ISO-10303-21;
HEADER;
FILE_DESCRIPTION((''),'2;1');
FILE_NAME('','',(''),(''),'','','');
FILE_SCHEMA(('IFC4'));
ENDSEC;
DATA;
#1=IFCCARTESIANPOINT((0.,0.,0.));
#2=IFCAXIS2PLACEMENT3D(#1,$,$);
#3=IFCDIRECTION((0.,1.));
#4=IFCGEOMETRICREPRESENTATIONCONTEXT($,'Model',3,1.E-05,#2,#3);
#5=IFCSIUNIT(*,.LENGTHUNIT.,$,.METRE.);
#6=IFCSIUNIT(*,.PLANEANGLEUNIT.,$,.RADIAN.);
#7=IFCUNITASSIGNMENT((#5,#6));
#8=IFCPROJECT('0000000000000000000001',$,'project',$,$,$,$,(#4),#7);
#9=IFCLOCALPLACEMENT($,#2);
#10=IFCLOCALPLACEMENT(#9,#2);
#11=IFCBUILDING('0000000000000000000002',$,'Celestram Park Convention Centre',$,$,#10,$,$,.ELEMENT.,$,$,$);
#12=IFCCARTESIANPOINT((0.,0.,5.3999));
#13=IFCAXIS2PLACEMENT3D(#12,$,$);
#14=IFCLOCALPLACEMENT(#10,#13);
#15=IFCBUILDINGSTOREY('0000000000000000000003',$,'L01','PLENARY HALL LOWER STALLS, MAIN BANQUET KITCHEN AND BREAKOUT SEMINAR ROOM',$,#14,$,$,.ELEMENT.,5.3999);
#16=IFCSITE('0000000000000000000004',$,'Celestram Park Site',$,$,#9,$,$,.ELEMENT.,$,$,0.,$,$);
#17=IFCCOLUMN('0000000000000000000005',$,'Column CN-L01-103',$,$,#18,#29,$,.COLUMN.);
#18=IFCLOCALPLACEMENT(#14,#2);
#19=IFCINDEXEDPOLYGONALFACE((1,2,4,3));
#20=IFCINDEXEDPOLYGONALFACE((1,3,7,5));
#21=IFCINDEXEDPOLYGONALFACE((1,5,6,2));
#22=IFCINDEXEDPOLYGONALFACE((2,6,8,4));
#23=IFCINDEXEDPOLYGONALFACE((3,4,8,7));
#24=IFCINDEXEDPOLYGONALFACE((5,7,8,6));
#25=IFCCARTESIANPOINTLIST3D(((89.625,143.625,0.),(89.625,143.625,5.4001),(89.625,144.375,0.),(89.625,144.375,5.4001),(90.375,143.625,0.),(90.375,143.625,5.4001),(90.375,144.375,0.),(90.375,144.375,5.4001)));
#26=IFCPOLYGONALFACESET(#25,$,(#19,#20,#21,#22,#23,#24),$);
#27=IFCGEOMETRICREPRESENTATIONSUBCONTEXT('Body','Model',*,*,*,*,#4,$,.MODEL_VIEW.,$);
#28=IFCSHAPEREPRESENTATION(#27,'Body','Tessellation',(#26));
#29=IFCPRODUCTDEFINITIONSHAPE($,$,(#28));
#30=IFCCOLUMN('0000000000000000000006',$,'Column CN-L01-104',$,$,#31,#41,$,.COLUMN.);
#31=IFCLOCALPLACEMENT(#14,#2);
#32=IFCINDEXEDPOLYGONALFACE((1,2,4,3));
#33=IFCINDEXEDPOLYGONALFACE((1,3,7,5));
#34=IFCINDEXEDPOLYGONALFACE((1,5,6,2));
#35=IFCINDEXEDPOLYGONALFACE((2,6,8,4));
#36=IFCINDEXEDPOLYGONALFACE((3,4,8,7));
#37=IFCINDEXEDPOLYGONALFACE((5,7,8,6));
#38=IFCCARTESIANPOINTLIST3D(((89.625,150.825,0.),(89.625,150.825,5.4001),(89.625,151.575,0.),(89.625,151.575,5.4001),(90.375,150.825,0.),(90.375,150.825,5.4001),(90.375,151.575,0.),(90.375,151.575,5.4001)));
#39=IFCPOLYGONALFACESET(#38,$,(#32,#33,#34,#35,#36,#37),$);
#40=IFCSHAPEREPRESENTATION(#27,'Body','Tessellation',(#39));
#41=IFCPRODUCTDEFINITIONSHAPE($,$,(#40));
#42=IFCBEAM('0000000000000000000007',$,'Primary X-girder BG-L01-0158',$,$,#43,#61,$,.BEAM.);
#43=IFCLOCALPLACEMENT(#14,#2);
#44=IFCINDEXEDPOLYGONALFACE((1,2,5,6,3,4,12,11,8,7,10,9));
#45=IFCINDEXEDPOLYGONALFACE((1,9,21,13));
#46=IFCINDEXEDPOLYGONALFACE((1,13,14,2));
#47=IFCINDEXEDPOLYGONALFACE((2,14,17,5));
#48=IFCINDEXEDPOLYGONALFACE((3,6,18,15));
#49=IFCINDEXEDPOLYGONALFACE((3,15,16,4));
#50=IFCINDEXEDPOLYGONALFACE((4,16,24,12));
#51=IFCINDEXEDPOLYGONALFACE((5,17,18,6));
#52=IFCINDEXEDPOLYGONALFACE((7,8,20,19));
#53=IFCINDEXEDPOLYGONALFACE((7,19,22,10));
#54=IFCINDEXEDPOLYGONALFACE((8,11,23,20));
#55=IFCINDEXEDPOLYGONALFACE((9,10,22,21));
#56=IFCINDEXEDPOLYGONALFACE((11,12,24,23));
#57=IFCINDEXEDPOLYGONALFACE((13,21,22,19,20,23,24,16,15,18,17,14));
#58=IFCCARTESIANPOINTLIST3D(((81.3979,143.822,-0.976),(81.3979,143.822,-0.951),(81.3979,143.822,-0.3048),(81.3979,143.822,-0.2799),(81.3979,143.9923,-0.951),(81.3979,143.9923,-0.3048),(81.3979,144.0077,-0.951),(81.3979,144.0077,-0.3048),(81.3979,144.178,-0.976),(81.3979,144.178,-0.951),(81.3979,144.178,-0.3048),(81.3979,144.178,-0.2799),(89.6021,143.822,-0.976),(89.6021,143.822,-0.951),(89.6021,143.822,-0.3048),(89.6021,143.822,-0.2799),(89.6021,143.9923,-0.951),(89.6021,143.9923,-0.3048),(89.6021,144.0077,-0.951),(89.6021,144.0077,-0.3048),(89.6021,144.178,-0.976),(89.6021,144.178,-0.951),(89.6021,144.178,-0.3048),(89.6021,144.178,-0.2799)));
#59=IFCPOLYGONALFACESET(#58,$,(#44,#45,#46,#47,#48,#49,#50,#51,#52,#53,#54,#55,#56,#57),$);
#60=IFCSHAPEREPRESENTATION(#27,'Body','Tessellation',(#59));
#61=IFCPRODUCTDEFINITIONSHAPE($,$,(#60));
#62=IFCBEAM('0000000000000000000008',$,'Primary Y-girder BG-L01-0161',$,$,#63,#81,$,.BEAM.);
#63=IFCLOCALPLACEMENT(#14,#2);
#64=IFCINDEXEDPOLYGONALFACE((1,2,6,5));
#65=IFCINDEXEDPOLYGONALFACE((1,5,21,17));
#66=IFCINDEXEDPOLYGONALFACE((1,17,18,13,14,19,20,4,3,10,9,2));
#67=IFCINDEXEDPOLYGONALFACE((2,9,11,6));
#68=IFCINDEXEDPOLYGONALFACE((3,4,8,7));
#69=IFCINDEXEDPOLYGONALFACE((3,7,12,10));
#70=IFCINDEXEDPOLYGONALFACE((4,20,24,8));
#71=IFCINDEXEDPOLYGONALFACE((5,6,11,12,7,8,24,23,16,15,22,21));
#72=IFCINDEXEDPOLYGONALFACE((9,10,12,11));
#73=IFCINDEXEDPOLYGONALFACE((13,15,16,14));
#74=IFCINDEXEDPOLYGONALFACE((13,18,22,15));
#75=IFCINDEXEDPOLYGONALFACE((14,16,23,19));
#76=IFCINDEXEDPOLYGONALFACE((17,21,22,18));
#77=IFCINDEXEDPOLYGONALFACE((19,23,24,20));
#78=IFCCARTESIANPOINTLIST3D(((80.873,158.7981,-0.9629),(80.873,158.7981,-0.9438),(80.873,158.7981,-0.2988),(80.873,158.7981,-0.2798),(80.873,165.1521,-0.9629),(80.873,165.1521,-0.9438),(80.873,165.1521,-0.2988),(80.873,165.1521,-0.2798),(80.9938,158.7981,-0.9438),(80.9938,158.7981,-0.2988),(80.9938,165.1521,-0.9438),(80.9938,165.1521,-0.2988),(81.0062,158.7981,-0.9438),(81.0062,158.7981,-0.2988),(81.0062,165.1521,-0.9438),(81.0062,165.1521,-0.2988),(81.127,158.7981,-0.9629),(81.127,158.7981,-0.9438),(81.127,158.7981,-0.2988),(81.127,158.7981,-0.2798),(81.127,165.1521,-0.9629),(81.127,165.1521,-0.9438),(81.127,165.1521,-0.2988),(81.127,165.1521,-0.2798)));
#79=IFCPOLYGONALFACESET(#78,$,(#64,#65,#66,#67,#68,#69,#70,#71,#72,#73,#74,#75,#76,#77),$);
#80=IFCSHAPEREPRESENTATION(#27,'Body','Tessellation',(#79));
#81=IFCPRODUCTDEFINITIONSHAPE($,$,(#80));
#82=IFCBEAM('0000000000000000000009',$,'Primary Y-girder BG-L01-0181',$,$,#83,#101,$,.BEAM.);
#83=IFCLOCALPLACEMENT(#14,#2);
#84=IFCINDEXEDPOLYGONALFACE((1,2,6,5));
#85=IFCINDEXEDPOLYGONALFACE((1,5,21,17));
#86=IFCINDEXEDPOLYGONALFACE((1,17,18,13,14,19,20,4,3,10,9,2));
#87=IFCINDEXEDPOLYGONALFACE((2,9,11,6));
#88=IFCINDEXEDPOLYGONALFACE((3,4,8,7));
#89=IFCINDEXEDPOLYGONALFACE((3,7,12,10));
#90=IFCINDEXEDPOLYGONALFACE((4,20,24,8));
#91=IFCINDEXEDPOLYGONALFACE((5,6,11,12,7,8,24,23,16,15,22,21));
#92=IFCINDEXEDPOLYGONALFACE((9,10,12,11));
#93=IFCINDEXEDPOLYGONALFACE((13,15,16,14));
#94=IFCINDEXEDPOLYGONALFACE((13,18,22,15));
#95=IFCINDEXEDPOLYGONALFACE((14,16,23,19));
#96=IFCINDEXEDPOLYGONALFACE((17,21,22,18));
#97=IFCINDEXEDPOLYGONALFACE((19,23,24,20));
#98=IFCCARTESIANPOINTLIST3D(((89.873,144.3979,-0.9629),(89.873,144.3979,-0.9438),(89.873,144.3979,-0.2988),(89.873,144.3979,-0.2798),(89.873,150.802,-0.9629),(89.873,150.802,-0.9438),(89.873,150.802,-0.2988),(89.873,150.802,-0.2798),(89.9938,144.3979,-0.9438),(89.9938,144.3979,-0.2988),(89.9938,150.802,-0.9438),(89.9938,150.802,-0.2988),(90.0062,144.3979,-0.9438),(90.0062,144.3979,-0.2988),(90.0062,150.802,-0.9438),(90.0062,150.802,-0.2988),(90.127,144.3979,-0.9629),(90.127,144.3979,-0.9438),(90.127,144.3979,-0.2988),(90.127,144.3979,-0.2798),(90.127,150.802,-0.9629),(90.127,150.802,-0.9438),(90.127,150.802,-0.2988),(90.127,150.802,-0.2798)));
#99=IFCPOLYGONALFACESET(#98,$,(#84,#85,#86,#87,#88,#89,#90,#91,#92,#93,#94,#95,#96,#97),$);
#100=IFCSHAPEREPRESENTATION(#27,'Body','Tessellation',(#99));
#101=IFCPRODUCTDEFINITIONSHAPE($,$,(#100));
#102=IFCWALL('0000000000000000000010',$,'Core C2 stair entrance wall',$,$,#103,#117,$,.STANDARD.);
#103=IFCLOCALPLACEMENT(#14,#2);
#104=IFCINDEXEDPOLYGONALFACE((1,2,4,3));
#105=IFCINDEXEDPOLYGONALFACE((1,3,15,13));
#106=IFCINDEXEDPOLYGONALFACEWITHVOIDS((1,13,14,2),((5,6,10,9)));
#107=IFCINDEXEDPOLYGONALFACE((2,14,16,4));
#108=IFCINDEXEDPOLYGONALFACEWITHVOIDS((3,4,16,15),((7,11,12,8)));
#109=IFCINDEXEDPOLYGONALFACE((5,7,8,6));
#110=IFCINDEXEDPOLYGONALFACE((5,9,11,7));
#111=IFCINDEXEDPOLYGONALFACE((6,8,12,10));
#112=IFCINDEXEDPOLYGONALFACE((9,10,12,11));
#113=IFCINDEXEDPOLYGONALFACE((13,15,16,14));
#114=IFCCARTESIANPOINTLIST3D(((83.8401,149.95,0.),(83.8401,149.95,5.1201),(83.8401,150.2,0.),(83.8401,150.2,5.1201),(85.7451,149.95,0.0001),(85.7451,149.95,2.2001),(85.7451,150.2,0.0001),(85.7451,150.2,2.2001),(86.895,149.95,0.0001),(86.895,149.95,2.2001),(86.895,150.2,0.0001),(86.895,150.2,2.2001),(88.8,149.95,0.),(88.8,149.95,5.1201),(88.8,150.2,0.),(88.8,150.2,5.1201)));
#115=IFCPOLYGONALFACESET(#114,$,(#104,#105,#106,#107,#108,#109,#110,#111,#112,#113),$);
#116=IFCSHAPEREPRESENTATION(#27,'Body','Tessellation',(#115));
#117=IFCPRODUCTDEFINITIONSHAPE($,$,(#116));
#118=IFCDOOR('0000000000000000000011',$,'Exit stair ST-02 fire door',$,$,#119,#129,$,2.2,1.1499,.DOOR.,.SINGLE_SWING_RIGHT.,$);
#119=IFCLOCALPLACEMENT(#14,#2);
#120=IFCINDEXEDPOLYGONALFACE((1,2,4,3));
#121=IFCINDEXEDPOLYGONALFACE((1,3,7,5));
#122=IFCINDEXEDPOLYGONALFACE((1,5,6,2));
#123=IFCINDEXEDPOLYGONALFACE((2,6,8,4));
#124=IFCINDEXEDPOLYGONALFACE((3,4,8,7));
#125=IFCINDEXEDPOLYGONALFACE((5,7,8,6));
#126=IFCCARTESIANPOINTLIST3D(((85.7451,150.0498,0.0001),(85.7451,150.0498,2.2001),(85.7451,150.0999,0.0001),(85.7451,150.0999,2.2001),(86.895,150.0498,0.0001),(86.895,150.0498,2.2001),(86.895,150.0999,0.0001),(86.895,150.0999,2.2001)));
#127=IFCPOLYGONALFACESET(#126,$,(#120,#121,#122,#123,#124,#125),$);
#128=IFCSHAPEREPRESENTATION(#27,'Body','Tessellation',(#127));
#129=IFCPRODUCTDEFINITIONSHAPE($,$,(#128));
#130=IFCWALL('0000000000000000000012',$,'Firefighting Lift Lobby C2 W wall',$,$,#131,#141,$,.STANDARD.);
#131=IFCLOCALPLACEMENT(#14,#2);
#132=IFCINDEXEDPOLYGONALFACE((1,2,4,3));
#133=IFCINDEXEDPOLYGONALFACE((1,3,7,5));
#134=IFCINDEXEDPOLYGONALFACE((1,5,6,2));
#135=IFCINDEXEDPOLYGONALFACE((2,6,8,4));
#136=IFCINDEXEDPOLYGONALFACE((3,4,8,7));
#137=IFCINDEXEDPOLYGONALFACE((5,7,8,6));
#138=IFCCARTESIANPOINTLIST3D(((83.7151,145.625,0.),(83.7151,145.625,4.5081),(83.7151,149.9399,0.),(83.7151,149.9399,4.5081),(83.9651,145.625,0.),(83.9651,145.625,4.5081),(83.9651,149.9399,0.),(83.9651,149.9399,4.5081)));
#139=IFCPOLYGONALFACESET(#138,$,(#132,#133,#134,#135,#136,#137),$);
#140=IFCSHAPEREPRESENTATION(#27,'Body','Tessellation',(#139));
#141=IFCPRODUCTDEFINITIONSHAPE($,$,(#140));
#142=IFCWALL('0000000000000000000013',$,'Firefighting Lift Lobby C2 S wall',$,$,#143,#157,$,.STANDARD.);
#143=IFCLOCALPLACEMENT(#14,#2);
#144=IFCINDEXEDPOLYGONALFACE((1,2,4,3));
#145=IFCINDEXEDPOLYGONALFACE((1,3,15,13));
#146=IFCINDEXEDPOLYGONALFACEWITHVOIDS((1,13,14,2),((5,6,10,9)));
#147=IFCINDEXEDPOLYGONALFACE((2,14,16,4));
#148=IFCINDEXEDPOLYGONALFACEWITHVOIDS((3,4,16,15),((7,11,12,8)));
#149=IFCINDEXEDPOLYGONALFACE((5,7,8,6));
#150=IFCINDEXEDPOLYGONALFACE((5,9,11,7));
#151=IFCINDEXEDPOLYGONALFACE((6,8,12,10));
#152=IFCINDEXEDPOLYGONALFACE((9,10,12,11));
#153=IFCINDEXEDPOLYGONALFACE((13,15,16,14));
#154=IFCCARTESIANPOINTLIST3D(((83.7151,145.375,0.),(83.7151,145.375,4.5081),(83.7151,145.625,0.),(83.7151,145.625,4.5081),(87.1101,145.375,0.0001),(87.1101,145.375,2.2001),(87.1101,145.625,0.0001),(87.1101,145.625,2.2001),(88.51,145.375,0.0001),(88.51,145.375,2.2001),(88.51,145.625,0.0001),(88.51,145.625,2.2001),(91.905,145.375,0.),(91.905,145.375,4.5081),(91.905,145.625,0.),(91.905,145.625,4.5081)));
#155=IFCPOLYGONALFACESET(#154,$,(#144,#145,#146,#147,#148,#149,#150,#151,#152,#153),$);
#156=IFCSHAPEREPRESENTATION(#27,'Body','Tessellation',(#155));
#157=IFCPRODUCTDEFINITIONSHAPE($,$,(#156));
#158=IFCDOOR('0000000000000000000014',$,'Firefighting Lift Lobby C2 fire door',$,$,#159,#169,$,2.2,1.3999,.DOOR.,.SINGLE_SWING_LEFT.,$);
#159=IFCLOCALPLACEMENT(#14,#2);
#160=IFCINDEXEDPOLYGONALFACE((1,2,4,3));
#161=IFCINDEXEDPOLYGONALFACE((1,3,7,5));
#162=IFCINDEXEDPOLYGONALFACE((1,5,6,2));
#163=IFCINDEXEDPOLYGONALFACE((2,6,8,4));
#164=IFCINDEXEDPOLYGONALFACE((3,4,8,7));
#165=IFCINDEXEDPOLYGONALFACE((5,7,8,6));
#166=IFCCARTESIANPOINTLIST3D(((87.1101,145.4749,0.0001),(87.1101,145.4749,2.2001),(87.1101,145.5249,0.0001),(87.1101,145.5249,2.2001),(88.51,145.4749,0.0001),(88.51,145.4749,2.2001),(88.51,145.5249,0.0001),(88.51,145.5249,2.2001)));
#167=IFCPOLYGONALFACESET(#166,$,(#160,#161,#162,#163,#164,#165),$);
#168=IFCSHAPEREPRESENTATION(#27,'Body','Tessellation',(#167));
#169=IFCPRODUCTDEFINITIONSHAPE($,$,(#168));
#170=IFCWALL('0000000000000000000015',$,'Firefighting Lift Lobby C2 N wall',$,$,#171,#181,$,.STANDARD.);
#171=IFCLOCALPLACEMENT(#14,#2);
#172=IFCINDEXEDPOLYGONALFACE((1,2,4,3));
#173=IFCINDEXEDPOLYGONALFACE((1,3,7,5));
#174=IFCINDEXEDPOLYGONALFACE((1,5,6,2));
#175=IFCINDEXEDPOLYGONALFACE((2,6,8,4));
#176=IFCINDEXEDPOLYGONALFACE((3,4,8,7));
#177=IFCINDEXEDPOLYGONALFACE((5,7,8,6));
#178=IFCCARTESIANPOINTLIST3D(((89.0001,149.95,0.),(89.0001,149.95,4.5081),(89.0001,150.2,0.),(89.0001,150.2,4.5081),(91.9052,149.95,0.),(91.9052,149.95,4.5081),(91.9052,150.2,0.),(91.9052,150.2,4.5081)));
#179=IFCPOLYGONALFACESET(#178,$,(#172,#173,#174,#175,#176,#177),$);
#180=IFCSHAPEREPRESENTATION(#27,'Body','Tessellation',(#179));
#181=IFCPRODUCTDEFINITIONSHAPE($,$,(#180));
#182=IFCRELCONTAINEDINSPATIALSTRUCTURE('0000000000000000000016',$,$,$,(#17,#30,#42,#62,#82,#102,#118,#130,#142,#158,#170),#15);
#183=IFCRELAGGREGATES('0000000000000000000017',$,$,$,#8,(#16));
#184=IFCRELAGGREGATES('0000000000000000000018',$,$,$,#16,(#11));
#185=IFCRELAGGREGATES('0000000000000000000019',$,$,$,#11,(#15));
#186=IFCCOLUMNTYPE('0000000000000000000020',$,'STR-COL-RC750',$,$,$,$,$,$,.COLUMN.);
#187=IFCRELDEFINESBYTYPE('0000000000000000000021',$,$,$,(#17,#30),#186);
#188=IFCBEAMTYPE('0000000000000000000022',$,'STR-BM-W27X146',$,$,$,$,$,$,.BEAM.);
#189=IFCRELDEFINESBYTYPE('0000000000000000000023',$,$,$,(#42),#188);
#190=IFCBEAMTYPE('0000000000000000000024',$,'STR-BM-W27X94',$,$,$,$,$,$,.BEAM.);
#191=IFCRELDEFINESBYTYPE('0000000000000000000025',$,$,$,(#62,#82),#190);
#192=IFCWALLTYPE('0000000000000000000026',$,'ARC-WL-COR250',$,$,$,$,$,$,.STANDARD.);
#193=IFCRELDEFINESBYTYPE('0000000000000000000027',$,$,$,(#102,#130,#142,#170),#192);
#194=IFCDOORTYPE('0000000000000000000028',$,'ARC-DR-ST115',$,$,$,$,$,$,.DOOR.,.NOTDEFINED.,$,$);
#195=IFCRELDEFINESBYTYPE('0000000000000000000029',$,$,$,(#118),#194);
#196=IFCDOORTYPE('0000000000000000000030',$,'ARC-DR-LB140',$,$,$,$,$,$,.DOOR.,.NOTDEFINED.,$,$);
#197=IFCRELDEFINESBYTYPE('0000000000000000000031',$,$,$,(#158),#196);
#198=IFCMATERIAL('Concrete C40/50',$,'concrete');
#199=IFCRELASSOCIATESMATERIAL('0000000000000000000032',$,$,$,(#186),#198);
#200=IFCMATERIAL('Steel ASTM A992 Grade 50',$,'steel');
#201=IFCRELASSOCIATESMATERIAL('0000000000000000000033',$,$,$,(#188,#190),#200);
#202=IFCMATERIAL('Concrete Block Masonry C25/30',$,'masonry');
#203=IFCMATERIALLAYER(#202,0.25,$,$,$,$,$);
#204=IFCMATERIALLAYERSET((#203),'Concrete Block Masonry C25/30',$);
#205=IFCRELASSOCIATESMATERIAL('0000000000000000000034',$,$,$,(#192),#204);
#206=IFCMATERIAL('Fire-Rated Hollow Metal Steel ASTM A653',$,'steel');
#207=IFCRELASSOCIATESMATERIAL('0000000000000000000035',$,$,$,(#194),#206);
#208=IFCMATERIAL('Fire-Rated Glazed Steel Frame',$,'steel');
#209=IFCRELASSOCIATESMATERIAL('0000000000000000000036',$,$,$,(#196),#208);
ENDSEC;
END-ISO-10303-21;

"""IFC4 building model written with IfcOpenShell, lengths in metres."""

from ifc_helpers import new_model, si_unit, direction, frame, frame_2d, origin, origin_2d, place, context, subcontext, project, spatial, rectangle, i_section, extrude, material, layer, layer_set, material_profile, profile_set, type_object, element, fill, save


model = new_model("IFC4")

# Units and contexts
model_context = context("Model", 3, precision=1e-05, world=origin(), true_north=direction((0.0, 1.0)))
body_context = subcontext(model_context, "Body", "Model", "MODEL_VIEW")
ifc_project = project(units=[si_unit("LENGTHUNIT", "METRE"), si_unit("PLANEANGLEUNIT", "RADIAN")], contexts=[model_context])

# Site, building, storey
site_placement = place(None, origin())
site = spatial("IfcSite", under=ifc_project, at=site_placement, Name="Celestram Park Site", CompositionType="ELEMENT", RefElevation=0.0)
building_placement = place(site_placement, origin())
building = spatial("IfcBuilding", under=site, at=building_placement, Name="Celestram Park Convention Centre", CompositionType="ELEMENT")
storey_placement = place(building_placement, frame((0.0, 0.0, 5.3999)))
storey = spatial("IfcBuildingStorey", under=building, at=storey_placement, Name="L01", Description="PLENARY HALL LOWER STALLS, MAIN BANQUET KITCHEN AND BREAKOUT SEMINAR ROOM", CompositionType="ELEMENT", Elevation=5.3999)

# Columns
ifc_material_1 = material(Name="Concrete C40/50", Category="concrete")
ifc_material_profile_1 = material_profile(ifc_material_1, rectangle(XDim=0.75, YDim=0.75, at=origin_2d()), Name="RC750X750")
ifc_profile_set_1 = profile_set([ifc_material_profile_1], Name="Concrete C40/50")
column_type = type_object("IfcColumnType", Name="STR-COL-RC750", PredefinedType="COLUMN", material=ifc_profile_set_1)
for number, where, z_axis, x_axis, name in (
    (1, (90.0, 144.0, 0.0), (0.0, 0.0, 1.0), (1.0, 0.0, 0.0), "Column CN-L01-103"),
    (2, (90.0, 151.2, 0.0), (0.0, 0.0, 1.0), (1.0, 0.0, 0.0), "Column CN-L01-104"),
):
    element("IfcColumn", number, at=place(storey_placement, frame(where, z_axis=z_axis, x_axis=x_axis)), inside=storey, type_object=column_type, Name=name, PredefinedType="COLUMN", context=body_context, shape_type="SweptSolid", body=[
        extrude(rectangle(XDim=0.75, YDim=0.75, at=origin_2d()), origin(), (0.0, 0.0, 1.0), 5.4001),
    ])

# Beams
ifc_material_2 = material(Name="Steel ASTM A992 Grade 50", Category="steel")
ifc_material_profile_2 = material_profile(ifc_material_2, i_section(OverallWidth=0.356, OverallDepth=0.696, WebThickness=0.0154, FlangeThickness=0.0249, at=origin_2d()), Name="W27X146")
ifc_profile_set_2 = profile_set([ifc_material_profile_2], Name="Steel ASTM A992 Grade 50")
beam_type_1 = type_object("IfcBeamType", Name="STR-BM-W27X146", PredefinedType="BEAM", material=ifc_profile_set_2)
beam_1_placement = place(storey_placement, frame((81.3979, 144.0, -0.6279), z_axis=(1.0, 0.0, 0.0), x_axis=(0.0, 1.0, 0.0)))
element("IfcBeam", 3, at=beam_1_placement, inside=storey, type_object=beam_type_1, Name="Primary X-girder BG-L01-0158", PredefinedType="BEAM", context=body_context, shape_type="SweptSolid", body=[
    extrude(i_section(OverallWidth=0.356, OverallDepth=0.696, WebThickness=0.0154, FlangeThickness=0.0249, at=origin_2d()), origin(), (0.0, 0.0, 1.0), 8.2041),
])
ifc_material_profile_3 = material_profile(ifc_material_2, i_section(OverallWidth=0.2539, OverallDepth=0.6831, WebThickness=0.0125, FlangeThickness=0.019, at=origin_2d()), Name="W27X94")
ifc_profile_set_3 = profile_set([ifc_material_profile_3], Name="Steel ASTM A992 Grade 50")
beam_type_2 = type_object("IfcBeamType", Name="STR-BM-W27X94", PredefinedType="BEAM", material=ifc_profile_set_3)
beam_2_placement = place(storey_placement, frame((81.0, 158.7981, -0.6213), z_axis=(0.0, 1.0, 0.0), x_axis=(-1.0, 0.0, 0.0)))
element("IfcBeam", 4, at=beam_2_placement, inside=storey, type_object=beam_type_2, Name="Primary Y-girder BG-L01-0161", PredefinedType="BEAM", context=body_context, shape_type="SweptSolid", body=[
    extrude(i_section(OverallWidth=0.2539, OverallDepth=0.6831, WebThickness=0.0125, FlangeThickness=0.019, at=origin_2d()), origin(), (0.0, 0.0, 1.0), 6.354),
])
beam_3_placement = place(storey_placement, frame((90.0, 144.3979, -0.6213), z_axis=(0.0, 1.0, 0.0), x_axis=(-1.0, 0.0, 0.0)))
element("IfcBeam", 5, at=beam_3_placement, inside=storey, type_object=beam_type_2, Name="Primary Y-girder BG-L01-0181", PredefinedType="BEAM", context=body_context, shape_type="SweptSolid", body=[
    extrude(i_section(OverallWidth=0.2539, OverallDepth=0.6831, WebThickness=0.0125, FlangeThickness=0.019, at=origin_2d()), origin(), (0.0, 0.0, 1.0), 6.4041),
])

# Wall, opening, door
ifc_material_3 = material(Name="Concrete Block Masonry C25/30", Category="masonry")
ifc_layer_1 = layer(ifc_material_3, 0.25)
ifc_layer_set_1 = layer_set([ifc_layer_1], Name="Concrete Block Masonry C25/30")
wall_type_1 = type_object("IfcWallType", Name="ARC-WL-COR250", PredefinedType="STANDARD", material=ifc_layer_set_1)
wall_1_placement = place(storey_placement, frame((83.8401, 150.075, 0.0), z_axis=(0.0, 0.0, 1.0), x_axis=(1.0, 0.0, 0.0)))
wall_1 = element("IfcWall", 6, at=wall_1_placement, inside=storey, type_object=wall_type_1, Name="Core C2 stair entrance wall", PredefinedType="STANDARD", context=body_context, shape_type="SweptSolid", body=[
    extrude(rectangle(XDim=4.96, YDim=0.25, at=frame_2d((2.48, 0.0))), origin(), (0.0, 0.0, 1.0), 5.1201),
])
opening_1_placement = place(wall_1_placement, frame((1.905, 0.0, 0.0)))
opening_1 = element("IfcOpeningElement", 7, at=opening_1_placement, cuts=wall_1, PredefinedType="OPENING", context=body_context, shape_type="SweptSolid", body=[
    extrude(rectangle(XDim=1.1499, YDim=2.2, at=frame_2d((0.575, 1.1001))), frame((0.0, 0.135, 0.0), z_axis=(0.0, -1.0, 0.0), x_axis=(1.0, 0.0, 0.0)), (0.0, 0.0, 1.0), 0.27),
])
ifc_material_4 = material(Name="Fire-Rated Hollow Metal Steel ASTM A653", Category="steel")
door_type_1 = type_object("IfcDoorType", Name="ARC-DR-ST115", OperationType="NOTDEFINED", PredefinedType="DOOR", material=ifc_material_4)
door_1_placement = place(opening_1_placement, origin())
door_1 = element("IfcDoor", 8, at=door_1_placement, inside=storey, type_object=door_type_1, Name="Exit stair ST-02 fire door", OperationType="SINGLE_SWING_RIGHT", OverallHeight=2.2, OverallWidth=1.1499, PredefinedType="DOOR", context=body_context, shape_type="SweptSolid", body=[
    extrude(rectangle(XDim=1.1499, YDim=2.2, at=frame_2d((0.575, 1.1001))), frame((0.0, 0.0249, 0.0), z_axis=(0.0, -1.0, 0.0), x_axis=(1.0, 0.0, 0.0)), (0.0, 0.0, 1.0), 0.05),
])
fill(opening_1, door_1)

# Wall
wall_2_placement = place(storey_placement, frame((83.8401, 149.9399, 0.0), z_axis=(0.0, 0.0, 1.0), x_axis=(0.0, -1.0, 0.0)))
element("IfcWall", 9, at=wall_2_placement, inside=storey, type_object=wall_type_1, Name="Firefighting Lift Lobby C2 W wall", PredefinedType="STANDARD", context=body_context, shape_type="SweptSolid", body=[
    extrude(rectangle(XDim=4.3149, YDim=0.25, at=frame_2d((2.1575, 0.0))), origin(), (0.0, 0.0, 1.0), 4.5081),
])

# Wall, opening, door
wall_3_placement = place(storey_placement, frame((83.7151, 145.5, 0.0), z_axis=(0.0, 0.0, 1.0), x_axis=(1.0, 0.0, 0.0)))
wall_3 = element("IfcWall", 10, at=wall_3_placement, inside=storey, type_object=wall_type_1, Name="Firefighting Lift Lobby C2 S wall", PredefinedType="STANDARD", context=body_context, shape_type="SweptSolid", body=[
    extrude(rectangle(XDim=8.1899, YDim=0.25, at=frame_2d((4.095, 0.0))), origin(), (0.0, 0.0, 1.0), 4.5081),
])
opening_2_placement = place(wall_3_placement, frame((3.395, 0.0, 0.0)))
opening_2 = element("IfcOpeningElement", 11, at=opening_2_placement, cuts=wall_3, PredefinedType="OPENING", context=body_context, shape_type="SweptSolid", body=[
    extrude(rectangle(XDim=1.3999, YDim=2.2, at=frame_2d((0.7, 1.1001))), frame((0.0, 0.135, 0.0), z_axis=(0.0, -1.0, 0.0), x_axis=(1.0, 0.0, 0.0)), (0.0, 0.0, 1.0), 0.27),
])
ifc_material_5 = material(Name="Fire-Rated Glazed Steel Frame", Category="steel")
door_type_2 = type_object("IfcDoorType", Name="ARC-DR-LB140", OperationType="NOTDEFINED", PredefinedType="DOOR", material=ifc_material_5)
door_2_placement = place(opening_2_placement, origin())
door_2 = element("IfcDoor", 12, at=door_2_placement, inside=storey, type_object=door_type_2, Name="Firefighting Lift Lobby C2 fire door", OperationType="SINGLE_SWING_LEFT", OverallHeight=2.2, OverallWidth=1.3999, PredefinedType="DOOR", context=body_context, shape_type="SweptSolid", body=[
    extrude(rectangle(XDim=1.3999, YDim=2.2, at=frame_2d((0.7, 1.1001))), frame((0.0, 0.0249, 0.0), z_axis=(0.0, -1.0, 0.0), x_axis=(1.0, 0.0, 0.0)), (0.0, 0.0, 1.0), 0.05),
])
fill(opening_2, door_2)

# Wall
wall_4_placement = place(storey_placement, frame((89.0, 150.075, 0.0), z_axis=(0.0, 0.0, 1.0), x_axis=(1.0, 0.0, 0.0)))
element("IfcWall", 13, at=wall_4_placement, inside=storey, type_object=wall_type_1, Name="Firefighting Lift Lobby C2 N wall", PredefinedType="STANDARD", context=body_context, shape_type="SweptSolid", body=[
    extrude(rectangle(XDim=2.905, YDim=0.25, at=frame_2d((1.4526, 0.0))), origin(), (0.0, 0.0, 1.0), 4.5081),
])

save(model, "model.ifc")
